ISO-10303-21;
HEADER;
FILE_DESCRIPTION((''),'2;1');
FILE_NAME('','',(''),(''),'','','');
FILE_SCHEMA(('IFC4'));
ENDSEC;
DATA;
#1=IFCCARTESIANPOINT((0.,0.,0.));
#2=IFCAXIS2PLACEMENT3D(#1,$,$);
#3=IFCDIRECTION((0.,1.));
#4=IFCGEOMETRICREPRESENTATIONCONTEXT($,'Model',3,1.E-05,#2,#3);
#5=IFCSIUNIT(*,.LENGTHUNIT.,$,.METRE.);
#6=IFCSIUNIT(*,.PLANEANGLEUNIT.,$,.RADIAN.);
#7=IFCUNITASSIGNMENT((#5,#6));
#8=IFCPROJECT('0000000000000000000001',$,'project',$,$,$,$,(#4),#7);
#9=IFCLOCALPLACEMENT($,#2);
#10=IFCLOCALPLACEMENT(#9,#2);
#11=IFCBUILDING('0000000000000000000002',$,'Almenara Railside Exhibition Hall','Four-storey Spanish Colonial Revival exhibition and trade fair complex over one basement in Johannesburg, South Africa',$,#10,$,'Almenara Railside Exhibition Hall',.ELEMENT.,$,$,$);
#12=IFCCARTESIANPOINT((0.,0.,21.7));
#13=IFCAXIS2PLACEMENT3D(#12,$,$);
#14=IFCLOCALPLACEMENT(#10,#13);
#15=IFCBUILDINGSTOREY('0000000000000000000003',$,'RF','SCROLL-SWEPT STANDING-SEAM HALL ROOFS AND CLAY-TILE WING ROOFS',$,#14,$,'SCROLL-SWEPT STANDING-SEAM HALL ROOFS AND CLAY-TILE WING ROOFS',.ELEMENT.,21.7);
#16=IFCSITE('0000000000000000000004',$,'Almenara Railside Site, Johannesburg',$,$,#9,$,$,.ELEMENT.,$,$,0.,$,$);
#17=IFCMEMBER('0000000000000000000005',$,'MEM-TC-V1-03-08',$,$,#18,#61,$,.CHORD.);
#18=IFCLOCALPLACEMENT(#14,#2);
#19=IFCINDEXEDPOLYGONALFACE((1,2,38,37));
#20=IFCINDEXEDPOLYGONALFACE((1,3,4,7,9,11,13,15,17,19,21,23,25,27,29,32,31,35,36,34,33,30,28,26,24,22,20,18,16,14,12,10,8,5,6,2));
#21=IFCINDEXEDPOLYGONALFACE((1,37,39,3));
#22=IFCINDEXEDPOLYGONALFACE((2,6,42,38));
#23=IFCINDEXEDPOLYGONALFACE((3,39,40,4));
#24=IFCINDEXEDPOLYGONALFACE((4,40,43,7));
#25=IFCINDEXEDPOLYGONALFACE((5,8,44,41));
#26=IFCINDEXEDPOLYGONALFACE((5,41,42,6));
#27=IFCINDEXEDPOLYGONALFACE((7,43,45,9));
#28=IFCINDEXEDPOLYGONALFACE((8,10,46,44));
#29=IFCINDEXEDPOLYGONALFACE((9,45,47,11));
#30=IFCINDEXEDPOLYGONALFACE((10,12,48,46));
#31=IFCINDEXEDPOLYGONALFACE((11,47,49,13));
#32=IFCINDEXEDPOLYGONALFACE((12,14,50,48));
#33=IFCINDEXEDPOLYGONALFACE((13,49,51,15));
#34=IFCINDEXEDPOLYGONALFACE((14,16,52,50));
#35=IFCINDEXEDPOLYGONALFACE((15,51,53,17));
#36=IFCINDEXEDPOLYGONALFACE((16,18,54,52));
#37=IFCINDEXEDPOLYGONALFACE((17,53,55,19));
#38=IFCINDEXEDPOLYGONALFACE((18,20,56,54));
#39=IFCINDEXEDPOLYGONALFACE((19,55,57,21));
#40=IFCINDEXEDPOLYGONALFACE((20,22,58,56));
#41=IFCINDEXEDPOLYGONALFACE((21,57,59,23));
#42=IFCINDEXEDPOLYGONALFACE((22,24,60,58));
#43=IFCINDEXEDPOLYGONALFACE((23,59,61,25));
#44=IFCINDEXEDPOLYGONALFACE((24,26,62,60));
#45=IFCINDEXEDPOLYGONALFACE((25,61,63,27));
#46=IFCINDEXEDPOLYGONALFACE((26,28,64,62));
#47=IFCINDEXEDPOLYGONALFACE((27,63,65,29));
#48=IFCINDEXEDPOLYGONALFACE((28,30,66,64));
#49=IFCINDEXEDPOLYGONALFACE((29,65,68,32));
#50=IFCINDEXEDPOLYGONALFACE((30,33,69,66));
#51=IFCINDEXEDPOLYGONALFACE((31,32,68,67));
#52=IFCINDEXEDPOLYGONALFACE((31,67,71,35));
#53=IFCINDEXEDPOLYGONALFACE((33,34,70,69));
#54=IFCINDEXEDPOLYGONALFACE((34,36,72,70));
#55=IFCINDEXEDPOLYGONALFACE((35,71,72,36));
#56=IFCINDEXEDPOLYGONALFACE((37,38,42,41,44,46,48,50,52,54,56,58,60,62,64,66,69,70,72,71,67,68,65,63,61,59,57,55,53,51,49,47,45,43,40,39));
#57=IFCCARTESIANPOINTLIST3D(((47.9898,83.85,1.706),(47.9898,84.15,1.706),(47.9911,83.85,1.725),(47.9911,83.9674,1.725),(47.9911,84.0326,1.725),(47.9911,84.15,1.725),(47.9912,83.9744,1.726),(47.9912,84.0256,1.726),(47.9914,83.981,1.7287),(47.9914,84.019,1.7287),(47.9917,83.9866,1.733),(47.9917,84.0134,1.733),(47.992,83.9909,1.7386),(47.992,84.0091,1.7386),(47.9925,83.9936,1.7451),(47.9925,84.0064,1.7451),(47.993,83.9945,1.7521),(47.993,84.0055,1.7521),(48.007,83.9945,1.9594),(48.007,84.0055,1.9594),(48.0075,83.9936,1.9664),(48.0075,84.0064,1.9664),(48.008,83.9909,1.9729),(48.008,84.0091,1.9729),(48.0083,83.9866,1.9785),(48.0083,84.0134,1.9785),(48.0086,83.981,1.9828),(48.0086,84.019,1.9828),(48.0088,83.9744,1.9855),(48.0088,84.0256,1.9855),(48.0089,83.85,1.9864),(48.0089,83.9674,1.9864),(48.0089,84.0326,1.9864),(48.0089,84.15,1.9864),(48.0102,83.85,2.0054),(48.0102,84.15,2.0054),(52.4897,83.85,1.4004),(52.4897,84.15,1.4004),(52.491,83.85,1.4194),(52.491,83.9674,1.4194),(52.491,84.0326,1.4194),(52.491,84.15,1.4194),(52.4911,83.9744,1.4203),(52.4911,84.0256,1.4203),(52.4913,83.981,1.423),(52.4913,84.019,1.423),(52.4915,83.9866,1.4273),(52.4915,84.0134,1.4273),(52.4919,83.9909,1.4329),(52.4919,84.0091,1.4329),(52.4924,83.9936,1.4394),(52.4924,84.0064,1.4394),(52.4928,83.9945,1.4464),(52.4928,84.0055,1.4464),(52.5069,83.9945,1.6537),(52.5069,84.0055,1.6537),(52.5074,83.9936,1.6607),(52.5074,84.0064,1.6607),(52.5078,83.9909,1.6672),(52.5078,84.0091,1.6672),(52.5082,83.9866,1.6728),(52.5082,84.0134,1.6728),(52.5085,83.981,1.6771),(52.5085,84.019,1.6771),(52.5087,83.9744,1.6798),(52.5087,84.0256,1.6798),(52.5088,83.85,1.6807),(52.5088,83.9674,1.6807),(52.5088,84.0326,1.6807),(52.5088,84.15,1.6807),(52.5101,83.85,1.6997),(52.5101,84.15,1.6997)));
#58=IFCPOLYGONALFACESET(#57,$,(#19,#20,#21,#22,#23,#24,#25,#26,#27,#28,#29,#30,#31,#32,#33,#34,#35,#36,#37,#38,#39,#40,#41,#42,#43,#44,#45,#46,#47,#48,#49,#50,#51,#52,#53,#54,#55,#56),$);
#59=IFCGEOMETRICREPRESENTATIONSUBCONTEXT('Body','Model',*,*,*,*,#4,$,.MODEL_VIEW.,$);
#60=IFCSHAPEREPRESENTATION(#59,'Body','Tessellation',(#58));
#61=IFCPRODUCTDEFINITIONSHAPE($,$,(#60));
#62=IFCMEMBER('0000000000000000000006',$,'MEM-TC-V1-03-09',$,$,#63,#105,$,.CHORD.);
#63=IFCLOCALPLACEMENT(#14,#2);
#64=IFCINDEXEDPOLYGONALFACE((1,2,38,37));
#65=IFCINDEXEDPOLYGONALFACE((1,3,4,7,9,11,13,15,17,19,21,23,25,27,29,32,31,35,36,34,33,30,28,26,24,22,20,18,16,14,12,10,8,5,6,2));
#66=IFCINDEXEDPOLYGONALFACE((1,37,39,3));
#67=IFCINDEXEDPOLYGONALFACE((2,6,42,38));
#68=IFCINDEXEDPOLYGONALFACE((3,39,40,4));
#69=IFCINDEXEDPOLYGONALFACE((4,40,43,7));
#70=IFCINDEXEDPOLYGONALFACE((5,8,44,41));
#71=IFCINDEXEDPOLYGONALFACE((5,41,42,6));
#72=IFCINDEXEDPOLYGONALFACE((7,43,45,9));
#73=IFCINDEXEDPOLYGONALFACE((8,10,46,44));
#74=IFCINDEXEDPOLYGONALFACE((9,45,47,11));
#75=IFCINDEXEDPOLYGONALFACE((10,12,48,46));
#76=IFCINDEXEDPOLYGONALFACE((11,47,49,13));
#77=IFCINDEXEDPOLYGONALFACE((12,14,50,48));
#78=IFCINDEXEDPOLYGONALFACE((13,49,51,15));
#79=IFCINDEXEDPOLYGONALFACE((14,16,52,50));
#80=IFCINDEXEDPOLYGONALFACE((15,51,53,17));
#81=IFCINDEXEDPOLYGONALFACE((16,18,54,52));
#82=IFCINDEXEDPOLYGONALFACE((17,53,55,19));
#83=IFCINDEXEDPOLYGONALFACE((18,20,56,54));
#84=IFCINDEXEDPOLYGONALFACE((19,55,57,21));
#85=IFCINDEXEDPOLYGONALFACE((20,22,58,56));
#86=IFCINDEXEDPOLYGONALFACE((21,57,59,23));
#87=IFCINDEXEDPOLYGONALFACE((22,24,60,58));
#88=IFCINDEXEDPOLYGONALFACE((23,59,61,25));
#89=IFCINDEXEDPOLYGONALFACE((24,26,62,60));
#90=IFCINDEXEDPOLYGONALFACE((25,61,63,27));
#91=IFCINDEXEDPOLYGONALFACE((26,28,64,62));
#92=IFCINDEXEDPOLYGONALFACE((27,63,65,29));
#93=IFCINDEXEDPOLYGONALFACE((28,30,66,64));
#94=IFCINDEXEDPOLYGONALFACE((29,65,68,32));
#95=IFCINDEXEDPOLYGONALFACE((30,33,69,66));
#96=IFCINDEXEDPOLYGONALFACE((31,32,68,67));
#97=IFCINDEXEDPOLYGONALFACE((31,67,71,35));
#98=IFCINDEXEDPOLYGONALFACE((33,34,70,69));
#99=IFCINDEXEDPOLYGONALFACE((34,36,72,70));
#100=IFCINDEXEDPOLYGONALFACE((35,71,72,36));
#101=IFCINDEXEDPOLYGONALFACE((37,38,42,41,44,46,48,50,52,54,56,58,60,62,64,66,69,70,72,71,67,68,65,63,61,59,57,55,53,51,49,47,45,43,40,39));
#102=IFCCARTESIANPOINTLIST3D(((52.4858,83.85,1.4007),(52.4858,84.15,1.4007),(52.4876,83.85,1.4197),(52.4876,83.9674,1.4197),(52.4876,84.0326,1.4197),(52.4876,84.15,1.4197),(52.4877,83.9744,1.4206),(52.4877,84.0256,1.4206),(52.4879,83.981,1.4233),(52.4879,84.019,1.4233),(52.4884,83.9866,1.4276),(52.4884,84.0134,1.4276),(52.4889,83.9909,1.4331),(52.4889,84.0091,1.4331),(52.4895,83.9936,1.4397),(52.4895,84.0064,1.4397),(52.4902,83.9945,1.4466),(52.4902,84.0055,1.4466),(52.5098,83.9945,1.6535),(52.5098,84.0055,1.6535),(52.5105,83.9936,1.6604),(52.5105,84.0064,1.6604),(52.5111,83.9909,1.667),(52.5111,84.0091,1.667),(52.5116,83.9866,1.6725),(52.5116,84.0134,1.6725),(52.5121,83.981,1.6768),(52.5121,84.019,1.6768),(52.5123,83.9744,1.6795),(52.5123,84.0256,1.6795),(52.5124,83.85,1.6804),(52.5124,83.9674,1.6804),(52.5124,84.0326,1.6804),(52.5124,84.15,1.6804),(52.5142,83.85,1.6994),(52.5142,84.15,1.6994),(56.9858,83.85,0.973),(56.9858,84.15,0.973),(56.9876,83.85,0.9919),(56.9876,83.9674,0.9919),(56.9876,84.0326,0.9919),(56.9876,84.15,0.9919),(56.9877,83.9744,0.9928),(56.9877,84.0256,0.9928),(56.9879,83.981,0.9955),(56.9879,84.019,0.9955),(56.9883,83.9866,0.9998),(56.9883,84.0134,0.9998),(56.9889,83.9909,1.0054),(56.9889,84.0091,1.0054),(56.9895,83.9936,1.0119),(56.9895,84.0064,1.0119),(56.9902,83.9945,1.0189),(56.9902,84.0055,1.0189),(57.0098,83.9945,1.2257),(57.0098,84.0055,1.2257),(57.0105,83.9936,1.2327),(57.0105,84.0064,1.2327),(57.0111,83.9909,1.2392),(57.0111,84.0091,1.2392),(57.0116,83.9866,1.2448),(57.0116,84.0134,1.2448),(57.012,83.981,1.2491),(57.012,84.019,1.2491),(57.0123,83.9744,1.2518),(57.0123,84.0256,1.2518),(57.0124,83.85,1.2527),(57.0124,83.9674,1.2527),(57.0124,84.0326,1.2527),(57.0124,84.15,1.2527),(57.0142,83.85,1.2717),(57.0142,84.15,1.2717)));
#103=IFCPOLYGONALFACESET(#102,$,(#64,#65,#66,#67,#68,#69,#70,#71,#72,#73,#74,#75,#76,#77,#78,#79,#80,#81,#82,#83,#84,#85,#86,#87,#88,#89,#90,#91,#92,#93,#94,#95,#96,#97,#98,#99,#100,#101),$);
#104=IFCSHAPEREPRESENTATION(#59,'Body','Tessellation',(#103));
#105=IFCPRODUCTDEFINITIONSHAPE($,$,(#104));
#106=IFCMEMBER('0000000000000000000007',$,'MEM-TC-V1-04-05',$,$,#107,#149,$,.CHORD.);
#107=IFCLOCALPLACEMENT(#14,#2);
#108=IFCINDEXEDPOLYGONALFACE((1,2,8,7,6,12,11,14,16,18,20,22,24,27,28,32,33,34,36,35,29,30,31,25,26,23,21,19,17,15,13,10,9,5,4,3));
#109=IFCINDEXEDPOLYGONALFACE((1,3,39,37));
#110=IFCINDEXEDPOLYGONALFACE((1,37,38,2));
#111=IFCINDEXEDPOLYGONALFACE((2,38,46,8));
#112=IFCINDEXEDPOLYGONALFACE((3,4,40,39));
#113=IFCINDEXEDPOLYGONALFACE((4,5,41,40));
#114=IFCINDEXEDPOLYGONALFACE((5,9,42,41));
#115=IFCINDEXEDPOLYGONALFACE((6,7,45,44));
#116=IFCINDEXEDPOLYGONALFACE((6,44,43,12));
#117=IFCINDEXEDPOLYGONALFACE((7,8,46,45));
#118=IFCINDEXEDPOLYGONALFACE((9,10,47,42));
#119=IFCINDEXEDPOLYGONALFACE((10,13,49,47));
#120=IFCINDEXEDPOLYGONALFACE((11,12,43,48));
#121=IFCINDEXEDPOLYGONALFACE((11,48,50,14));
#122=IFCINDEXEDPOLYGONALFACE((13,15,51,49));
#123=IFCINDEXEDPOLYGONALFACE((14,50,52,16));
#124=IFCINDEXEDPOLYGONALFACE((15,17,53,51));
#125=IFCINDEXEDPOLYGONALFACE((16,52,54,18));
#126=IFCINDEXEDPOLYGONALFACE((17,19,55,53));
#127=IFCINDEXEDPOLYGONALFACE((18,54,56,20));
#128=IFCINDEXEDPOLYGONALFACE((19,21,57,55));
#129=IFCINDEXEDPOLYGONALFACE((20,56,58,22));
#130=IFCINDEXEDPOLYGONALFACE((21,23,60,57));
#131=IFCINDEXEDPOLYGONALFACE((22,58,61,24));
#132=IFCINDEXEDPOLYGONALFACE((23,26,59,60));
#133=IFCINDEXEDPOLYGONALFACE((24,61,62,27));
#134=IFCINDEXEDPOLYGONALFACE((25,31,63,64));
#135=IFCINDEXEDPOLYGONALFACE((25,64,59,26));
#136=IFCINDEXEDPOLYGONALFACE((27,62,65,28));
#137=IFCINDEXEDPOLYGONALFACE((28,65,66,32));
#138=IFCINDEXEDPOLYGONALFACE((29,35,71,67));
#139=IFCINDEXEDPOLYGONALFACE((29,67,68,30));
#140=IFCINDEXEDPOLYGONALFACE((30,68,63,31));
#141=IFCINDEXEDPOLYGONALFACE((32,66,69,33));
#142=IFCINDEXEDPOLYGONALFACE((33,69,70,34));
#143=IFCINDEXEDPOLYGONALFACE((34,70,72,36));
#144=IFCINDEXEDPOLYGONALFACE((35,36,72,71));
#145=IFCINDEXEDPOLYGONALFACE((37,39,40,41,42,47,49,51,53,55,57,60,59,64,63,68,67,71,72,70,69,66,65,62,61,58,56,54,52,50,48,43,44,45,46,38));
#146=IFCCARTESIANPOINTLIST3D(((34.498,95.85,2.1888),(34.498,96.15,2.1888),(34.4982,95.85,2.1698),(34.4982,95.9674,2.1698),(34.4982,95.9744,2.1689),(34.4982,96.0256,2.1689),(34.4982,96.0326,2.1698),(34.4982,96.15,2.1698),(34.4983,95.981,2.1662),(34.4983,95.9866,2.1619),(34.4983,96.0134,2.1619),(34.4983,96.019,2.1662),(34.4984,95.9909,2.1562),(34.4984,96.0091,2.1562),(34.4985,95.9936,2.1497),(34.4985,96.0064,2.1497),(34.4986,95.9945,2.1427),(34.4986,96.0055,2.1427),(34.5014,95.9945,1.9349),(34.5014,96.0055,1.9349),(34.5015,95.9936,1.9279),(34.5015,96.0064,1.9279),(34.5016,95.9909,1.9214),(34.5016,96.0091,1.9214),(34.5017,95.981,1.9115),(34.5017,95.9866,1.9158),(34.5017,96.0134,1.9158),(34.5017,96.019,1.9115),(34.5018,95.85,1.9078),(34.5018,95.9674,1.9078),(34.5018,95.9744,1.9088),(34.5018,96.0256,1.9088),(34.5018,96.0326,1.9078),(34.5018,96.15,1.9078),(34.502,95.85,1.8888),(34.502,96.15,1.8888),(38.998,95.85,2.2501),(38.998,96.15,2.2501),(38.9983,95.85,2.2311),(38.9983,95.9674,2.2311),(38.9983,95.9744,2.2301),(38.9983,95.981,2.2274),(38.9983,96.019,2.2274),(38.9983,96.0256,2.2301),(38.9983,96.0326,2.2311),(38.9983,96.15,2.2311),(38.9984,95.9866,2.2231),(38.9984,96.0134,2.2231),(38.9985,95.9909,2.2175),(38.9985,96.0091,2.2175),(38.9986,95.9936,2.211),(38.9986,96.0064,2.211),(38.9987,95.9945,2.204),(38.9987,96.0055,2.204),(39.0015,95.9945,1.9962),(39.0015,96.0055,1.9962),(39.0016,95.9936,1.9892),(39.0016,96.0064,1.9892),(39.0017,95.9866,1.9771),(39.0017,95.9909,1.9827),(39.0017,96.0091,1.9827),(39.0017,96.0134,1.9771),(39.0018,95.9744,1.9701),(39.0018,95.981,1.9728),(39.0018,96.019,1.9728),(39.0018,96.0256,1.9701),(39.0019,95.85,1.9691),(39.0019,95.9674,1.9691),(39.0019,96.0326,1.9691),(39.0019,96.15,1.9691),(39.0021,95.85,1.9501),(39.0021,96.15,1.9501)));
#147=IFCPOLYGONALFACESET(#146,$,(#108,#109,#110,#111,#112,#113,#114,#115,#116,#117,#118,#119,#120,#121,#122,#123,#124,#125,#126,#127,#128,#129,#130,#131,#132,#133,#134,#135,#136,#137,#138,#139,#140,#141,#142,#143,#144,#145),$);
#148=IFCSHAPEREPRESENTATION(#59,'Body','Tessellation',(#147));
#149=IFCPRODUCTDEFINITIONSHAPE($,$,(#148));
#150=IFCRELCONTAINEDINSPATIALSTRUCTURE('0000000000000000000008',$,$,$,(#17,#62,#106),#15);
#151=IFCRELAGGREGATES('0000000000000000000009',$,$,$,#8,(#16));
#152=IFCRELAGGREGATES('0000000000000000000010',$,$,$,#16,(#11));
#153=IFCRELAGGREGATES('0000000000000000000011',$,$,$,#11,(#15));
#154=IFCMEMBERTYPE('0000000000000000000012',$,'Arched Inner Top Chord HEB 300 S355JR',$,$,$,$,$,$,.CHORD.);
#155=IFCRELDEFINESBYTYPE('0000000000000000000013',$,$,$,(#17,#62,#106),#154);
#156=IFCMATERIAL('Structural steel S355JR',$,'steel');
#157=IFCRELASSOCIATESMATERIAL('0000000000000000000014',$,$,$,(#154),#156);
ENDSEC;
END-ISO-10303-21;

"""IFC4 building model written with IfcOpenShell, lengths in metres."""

from ifc_helpers import new_model, si_unit, direction, frame, origin, origin_2d, place, context, subcontext, project, spatial, i_section, extrude, material, material_profile, profile_set, type_object, element, save


model = new_model("IFC4")

# Units and contexts
model_context = context("Model", 3, precision=1e-05, world=origin(), true_north=direction((0.0, 1.0)))
body_context = subcontext(model_context, "Body", "Model", "MODEL_VIEW")
ifc_project = project(units=[si_unit("LENGTHUNIT", "METRE"), si_unit("PLANEANGLEUNIT", "RADIAN")], contexts=[model_context])

# Site, building, storey
site_placement = place(None, origin())
site = spatial("IfcSite", under=ifc_project, at=site_placement, Name="Almenara Railside Site, Johannesburg", CompositionType="ELEMENT", RefElevation=0.0)
building_placement = place(site_placement, origin())
building = spatial("IfcBuilding", under=site, at=building_placement, Name="Almenara Railside Exhibition Hall", Description="Four-storey Spanish Colonial Revival exhibition and trade fair complex over one basement in Johannesburg, South Africa", LongName="Almenara Railside Exhibition Hall", CompositionType="ELEMENT")
storey_placement = place(building_placement, frame((0.0, 0.0, 21.7)))
storey = spatial("IfcBuildingStorey", under=building, at=storey_placement, Name="RF", Description="SCROLL-SWEPT STANDING-SEAM HALL ROOFS AND CLAY-TILE WING ROOFS", LongName="SCROLL-SWEPT STANDING-SEAM HALL ROOFS AND CLAY-TILE WING ROOFS", CompositionType="ELEMENT", Elevation=21.7)

# Members
ifc_material_1 = material(Name="Structural steel S355JR", Category="steel")
ifc_material_profile_1 = material_profile(ifc_material_1, i_section(OverallWidth=0.3, OverallDepth=0.3, WebThickness=0.011, FlangeThickness=0.019, FilletRadius=0.0271, at=origin_2d()), Name="HEB 300")
ifc_profile_set_1 = profile_set([ifc_material_profile_1], Name="Structural steel S355JR")
member_type_1 = type_object("IfcMemberType", Name="Arched Inner Top Chord HEB 300 S355JR", PredefinedType="CHORD", material=ifc_profile_set_1)
member_1_placement = place(storey_placement, frame((48.0, 84.0, 1.8557), z_axis=(0.997701, 0.0, -0.067769), x_axis=(0.0, 1.0, 0.0)))
element("IfcMember", 1, at=member_1_placement, inside=storey, type_object=member_type_1, Name="MEM-TC-V1-03-08", PredefinedType="CHORD", context=body_context, shape_type="SweptSolid", body=[
    extrude(i_section(OverallWidth=0.3, OverallDepth=0.3, WebThickness=0.011, FlangeThickness=0.019, FilletRadius=0.0271, at=origin_2d()), origin(), (0.0, 0.0, 1.0), 4.5103),
])
member_2_placement = place(storey_placement, frame((52.5, 84.0, 1.55), z_axis=(0.995513, 0.0, -0.094626), x_axis=(0.0, 1.0, 0.0)))
element("IfcMember", 2, at=member_2_placement, inside=storey, type_object=member_type_1, Name="MEM-TC-V1-03-09", PredefinedType="CHORD", context=body_context, shape_type="SweptSolid", body=[
    extrude(i_section(OverallWidth=0.3, OverallDepth=0.3, WebThickness=0.011, FlangeThickness=0.019, FilletRadius=0.0271, at=origin_2d()), origin(), (0.0, 0.0, 1.0), 4.5203),
])
member_3_placement = place(storey_placement, frame((34.5, 96.0, 2.0388), z_axis=(0.999907, 0.0, 0.013616), x_axis=(0.0, 1.0, 0.0)))
element("IfcMember", 3, at=member_3_placement, inside=storey, type_object=member_type_1, Name="MEM-TC-V1-04-05", PredefinedType="CHORD", context=body_context, shape_type="SweptSolid", body=[
    extrude(i_section(OverallWidth=0.3, OverallDepth=0.3, WebThickness=0.011, FlangeThickness=0.019, FilletRadius=0.0271, at=origin_2d()), origin(), (0.0, 0.0, 1.0), 4.5005),
])

save(model, "model.ifc")
